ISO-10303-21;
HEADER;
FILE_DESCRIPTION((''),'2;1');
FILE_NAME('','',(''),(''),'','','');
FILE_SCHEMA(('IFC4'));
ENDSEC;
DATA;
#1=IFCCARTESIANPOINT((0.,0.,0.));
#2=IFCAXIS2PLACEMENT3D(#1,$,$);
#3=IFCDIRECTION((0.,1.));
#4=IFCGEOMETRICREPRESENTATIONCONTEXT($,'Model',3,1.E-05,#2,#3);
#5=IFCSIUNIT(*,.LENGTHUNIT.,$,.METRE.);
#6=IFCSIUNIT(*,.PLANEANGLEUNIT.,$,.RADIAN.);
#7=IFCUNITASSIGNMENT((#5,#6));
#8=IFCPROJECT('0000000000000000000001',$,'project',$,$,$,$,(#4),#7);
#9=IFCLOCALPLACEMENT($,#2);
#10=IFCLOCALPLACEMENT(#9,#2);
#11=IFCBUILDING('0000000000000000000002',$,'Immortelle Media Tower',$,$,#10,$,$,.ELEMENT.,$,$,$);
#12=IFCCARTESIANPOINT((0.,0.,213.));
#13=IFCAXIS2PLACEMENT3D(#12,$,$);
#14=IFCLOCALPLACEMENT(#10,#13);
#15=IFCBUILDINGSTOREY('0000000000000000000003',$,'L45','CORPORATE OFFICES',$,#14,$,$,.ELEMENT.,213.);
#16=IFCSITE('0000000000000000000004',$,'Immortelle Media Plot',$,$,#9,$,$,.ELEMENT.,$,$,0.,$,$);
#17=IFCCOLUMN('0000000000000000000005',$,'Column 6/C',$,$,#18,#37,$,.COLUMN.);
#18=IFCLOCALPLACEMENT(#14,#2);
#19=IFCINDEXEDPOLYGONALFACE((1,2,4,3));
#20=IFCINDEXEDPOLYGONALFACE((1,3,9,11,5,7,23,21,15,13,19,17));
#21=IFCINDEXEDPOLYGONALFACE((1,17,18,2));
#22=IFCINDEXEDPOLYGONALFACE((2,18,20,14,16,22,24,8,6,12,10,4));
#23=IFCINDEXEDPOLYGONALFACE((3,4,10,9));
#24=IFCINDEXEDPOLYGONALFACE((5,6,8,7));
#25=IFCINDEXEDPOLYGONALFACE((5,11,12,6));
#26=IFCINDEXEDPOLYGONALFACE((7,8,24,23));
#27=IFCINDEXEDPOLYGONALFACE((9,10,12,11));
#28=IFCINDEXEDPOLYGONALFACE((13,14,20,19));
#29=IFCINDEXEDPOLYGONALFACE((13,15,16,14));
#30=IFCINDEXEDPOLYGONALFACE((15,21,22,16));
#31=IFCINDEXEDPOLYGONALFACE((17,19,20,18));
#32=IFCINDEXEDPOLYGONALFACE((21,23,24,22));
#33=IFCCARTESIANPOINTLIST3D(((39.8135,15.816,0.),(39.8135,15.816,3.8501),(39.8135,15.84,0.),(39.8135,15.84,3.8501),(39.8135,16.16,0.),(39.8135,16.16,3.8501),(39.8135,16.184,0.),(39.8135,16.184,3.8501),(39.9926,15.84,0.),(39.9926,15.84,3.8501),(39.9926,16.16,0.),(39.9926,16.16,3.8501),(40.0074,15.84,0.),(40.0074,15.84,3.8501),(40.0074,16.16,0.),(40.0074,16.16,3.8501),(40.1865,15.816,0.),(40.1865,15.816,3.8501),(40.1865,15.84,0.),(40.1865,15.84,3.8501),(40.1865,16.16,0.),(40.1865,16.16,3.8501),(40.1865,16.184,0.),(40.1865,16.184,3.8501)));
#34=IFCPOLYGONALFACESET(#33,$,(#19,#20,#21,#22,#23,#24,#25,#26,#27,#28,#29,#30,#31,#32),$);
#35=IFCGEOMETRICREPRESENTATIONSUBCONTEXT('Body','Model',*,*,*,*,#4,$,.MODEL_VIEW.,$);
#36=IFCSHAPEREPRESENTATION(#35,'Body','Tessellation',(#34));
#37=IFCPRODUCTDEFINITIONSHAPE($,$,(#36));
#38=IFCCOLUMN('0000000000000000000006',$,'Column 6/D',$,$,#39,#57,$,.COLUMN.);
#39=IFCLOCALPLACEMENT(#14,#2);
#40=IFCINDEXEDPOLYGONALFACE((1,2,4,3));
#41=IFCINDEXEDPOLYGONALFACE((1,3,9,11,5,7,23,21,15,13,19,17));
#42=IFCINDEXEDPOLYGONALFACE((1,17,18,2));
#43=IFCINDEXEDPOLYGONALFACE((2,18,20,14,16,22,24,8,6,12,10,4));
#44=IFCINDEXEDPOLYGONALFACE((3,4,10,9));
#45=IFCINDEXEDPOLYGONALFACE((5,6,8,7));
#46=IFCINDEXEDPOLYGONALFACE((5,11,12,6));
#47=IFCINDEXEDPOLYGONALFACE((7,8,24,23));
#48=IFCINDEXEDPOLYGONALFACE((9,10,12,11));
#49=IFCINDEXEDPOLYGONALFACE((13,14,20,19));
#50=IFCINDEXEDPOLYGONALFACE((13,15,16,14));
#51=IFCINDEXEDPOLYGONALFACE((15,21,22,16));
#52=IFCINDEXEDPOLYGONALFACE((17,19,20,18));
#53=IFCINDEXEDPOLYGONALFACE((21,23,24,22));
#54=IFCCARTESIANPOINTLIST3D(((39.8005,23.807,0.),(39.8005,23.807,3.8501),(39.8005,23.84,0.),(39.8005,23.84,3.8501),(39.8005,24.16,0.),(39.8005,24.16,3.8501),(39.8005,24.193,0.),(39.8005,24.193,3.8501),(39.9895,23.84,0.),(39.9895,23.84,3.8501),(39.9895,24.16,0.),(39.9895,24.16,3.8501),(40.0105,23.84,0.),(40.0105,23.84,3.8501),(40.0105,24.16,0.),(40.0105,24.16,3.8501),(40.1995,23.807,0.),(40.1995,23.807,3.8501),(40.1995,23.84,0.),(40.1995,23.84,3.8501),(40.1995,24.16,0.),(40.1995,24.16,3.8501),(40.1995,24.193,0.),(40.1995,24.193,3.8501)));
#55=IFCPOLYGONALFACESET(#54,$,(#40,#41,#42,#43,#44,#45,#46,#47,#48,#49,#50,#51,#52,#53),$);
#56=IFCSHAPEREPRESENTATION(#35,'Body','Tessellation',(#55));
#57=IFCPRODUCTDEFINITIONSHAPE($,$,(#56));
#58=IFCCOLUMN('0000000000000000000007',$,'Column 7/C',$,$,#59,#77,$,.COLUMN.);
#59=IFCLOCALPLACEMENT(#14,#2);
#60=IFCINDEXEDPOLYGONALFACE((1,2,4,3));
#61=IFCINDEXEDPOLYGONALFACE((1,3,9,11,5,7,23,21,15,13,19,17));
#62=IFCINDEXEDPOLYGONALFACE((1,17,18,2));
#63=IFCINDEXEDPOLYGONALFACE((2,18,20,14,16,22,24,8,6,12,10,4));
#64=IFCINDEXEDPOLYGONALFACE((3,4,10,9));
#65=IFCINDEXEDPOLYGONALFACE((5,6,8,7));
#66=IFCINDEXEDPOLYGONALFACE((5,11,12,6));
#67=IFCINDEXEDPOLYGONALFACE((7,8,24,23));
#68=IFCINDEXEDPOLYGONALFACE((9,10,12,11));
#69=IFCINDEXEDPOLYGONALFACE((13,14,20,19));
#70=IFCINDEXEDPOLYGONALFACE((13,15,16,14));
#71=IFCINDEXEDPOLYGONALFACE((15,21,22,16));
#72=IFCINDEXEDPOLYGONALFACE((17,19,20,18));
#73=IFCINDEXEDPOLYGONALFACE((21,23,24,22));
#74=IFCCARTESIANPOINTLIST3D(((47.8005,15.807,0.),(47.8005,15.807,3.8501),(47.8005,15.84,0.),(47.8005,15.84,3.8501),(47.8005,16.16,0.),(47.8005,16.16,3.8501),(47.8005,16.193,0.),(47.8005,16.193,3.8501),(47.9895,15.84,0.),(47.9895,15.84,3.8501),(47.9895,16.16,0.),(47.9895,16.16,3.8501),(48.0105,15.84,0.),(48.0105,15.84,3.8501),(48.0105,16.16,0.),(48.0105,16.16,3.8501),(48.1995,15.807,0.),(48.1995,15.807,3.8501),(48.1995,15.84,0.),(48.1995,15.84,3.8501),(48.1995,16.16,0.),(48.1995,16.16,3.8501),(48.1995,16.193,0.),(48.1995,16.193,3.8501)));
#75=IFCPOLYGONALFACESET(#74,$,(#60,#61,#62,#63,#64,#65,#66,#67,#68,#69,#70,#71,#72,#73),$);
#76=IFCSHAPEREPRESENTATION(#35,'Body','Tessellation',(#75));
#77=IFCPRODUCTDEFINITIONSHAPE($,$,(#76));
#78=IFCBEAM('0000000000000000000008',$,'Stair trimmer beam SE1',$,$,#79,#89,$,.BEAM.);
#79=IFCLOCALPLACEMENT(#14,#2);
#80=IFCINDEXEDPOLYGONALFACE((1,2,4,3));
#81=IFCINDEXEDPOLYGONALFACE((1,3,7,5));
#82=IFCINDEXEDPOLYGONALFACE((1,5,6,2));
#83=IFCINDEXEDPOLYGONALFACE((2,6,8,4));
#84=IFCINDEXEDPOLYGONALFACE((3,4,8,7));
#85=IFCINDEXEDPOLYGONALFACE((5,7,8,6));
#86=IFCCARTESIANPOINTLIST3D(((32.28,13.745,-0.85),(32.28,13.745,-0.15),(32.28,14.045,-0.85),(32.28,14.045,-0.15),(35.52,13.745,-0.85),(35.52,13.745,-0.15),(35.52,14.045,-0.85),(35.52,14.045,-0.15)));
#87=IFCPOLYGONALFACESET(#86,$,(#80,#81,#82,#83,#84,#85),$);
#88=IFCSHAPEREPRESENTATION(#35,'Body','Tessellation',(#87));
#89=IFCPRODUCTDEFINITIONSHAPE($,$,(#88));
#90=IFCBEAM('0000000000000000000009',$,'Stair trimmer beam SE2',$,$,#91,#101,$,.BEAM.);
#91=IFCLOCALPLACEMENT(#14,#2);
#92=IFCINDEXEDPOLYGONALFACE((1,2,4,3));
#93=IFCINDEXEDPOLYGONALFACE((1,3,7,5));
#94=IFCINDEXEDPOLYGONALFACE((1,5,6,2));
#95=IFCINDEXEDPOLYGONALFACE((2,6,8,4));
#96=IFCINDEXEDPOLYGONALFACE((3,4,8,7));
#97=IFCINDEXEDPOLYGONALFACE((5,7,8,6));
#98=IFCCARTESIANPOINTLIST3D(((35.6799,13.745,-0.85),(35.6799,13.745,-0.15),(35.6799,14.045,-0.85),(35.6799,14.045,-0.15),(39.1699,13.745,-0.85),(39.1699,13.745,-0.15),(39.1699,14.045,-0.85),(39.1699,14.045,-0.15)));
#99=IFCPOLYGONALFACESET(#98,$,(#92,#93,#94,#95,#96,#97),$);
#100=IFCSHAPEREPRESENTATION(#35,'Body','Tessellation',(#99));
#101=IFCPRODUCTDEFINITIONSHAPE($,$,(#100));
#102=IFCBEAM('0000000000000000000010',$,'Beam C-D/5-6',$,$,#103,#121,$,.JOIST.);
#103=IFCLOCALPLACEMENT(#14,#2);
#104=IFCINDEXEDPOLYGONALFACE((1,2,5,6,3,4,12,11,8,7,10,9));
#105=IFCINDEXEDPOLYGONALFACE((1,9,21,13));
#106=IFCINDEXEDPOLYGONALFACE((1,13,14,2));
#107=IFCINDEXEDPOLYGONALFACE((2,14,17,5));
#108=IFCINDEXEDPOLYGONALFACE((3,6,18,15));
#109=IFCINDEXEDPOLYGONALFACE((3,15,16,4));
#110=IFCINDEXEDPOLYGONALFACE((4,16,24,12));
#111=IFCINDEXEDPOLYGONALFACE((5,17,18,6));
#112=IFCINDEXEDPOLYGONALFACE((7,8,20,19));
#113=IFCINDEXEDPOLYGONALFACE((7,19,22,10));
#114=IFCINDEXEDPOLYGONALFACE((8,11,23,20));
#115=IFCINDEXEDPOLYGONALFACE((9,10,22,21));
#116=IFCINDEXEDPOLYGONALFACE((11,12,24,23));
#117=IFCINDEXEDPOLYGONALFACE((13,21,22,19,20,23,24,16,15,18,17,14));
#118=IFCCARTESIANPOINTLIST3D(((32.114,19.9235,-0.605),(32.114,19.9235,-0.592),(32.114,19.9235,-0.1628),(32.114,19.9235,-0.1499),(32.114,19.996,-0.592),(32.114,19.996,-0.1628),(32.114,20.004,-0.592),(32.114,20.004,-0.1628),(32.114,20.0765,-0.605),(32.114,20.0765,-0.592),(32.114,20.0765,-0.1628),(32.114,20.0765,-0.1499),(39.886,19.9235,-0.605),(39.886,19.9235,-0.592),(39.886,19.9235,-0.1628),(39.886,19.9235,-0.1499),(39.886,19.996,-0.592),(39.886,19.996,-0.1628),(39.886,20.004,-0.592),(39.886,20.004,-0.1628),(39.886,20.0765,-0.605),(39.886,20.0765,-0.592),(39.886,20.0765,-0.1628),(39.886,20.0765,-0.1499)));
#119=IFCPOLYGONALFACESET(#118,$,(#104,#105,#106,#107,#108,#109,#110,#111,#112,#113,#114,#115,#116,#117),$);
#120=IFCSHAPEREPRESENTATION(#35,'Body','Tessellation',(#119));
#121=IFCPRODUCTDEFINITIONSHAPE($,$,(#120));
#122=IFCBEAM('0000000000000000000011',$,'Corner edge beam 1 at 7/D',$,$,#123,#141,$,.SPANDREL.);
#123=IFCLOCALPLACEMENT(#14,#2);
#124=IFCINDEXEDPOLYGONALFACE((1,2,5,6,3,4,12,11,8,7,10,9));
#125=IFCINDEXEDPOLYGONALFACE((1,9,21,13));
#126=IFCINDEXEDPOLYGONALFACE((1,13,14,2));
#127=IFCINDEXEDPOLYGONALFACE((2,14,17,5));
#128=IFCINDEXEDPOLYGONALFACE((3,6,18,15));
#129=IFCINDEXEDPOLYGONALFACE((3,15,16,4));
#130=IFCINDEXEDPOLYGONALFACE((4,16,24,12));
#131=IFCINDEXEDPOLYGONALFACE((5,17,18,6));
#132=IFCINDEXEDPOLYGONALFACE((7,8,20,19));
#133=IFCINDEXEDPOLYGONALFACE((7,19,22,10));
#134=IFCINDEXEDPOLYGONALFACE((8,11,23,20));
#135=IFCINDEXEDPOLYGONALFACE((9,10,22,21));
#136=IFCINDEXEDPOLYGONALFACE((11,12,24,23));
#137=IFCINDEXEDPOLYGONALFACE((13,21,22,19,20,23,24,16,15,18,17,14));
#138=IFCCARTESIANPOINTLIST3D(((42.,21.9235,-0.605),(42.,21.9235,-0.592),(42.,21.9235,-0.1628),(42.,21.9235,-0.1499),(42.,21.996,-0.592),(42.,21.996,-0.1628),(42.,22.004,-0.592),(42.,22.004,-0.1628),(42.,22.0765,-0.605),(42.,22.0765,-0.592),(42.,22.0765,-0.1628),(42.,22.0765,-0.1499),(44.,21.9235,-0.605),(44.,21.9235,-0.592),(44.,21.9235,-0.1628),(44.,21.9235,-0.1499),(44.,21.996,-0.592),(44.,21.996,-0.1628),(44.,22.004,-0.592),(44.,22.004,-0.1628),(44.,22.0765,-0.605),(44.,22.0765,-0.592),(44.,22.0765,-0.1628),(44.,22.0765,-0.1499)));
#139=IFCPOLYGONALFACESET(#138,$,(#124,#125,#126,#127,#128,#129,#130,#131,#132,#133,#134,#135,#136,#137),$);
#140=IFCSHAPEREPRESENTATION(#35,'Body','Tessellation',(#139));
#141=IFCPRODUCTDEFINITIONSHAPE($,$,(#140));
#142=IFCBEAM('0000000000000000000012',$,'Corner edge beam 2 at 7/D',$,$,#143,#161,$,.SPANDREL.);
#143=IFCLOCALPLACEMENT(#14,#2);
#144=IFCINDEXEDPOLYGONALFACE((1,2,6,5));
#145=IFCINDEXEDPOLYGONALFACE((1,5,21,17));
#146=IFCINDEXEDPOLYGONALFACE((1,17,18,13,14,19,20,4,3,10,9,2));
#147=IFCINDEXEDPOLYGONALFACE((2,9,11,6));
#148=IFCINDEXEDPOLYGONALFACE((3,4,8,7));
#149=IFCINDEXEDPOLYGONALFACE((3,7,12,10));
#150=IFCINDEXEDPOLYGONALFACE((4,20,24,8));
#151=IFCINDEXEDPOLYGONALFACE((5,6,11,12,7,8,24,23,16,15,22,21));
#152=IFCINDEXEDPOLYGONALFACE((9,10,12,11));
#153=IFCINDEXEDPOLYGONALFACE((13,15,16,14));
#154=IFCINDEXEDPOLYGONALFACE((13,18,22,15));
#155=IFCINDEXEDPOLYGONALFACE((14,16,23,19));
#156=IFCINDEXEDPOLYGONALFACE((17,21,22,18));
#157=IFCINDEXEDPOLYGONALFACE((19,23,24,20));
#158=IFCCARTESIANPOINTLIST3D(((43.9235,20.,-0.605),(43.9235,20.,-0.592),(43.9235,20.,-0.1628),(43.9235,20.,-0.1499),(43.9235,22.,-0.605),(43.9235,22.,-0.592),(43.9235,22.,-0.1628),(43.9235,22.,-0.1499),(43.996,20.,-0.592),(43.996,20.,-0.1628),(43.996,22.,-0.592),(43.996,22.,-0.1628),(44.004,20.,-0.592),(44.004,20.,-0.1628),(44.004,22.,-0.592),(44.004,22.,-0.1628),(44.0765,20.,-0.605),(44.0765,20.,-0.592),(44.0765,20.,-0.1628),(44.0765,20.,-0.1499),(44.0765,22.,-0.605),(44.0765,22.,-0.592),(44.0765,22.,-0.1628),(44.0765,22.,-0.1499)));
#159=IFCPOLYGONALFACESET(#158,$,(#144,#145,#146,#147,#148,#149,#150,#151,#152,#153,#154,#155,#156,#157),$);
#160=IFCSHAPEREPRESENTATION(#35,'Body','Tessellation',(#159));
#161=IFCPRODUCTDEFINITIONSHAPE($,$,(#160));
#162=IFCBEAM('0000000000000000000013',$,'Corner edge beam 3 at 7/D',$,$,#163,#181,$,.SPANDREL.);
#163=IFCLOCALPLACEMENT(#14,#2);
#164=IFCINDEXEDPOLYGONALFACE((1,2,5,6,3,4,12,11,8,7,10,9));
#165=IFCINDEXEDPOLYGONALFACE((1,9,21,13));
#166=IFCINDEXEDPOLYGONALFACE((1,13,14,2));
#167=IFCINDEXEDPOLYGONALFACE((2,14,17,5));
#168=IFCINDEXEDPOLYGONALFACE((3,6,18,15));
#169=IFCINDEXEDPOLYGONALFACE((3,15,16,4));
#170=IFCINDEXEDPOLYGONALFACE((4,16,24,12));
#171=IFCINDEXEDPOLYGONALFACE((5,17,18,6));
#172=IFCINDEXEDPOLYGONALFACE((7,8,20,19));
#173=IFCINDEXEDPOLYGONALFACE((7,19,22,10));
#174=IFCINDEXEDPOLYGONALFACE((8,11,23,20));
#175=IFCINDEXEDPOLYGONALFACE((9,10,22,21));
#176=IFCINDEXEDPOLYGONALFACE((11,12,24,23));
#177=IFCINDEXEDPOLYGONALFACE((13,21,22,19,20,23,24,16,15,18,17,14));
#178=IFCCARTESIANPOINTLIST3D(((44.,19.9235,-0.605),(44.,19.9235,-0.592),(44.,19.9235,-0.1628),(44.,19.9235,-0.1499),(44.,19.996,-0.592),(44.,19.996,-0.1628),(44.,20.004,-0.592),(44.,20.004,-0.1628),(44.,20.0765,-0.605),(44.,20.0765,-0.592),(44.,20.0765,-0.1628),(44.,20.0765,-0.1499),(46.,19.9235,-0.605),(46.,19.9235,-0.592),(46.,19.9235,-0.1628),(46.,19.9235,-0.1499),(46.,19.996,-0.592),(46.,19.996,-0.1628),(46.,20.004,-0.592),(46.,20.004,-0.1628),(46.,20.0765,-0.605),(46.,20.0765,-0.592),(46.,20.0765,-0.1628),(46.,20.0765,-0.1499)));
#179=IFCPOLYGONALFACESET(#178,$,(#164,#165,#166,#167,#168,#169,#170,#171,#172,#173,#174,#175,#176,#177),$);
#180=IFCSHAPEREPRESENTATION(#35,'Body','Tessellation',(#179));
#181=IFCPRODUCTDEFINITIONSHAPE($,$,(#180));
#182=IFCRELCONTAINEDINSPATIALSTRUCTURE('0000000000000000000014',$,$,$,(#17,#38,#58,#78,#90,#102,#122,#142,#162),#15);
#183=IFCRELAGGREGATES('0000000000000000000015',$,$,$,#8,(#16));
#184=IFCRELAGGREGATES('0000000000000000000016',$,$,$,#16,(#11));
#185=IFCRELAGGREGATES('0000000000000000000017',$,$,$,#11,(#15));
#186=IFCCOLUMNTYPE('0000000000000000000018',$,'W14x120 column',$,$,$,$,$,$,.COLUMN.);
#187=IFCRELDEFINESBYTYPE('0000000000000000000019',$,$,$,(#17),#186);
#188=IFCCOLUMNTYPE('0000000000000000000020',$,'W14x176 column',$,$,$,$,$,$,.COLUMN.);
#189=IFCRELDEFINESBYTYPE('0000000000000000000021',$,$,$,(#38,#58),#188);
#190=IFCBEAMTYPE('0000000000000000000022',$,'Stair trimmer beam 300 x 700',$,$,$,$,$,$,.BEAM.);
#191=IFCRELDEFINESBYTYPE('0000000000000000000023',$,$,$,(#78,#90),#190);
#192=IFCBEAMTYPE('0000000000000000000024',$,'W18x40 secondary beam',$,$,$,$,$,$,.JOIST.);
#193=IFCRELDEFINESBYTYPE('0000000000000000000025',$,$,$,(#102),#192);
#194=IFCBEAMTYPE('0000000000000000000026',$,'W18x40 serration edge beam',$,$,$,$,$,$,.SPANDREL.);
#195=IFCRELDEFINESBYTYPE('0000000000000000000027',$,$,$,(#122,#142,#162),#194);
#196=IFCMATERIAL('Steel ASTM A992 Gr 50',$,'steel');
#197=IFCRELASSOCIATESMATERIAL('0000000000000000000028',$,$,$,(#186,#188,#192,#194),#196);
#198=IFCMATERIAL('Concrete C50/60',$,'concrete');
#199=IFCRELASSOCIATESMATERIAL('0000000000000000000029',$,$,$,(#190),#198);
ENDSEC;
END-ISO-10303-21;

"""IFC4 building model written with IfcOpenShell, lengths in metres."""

from ifc_helpers import new_model, si_unit, direction, frame, origin, origin_2d, place, context, subcontext, project, spatial, rectangle, i_section, extrude, material, material_profile, profile_set, type_object, element, save


model = new_model("IFC4")

# Units and contexts
model_context = context("Model", 3, precision=1e-05, world=origin(), true_north=direction((0.0, 1.0)))
body_context = subcontext(model_context, "Body", "Model", "MODEL_VIEW")
ifc_project = project(units=[si_unit("LENGTHUNIT", "METRE"), si_unit("PLANEANGLEUNIT", "RADIAN")], contexts=[model_context])

# Site, building, storey
site_placement = place(None, origin())
site = spatial("IfcSite", under=ifc_project, at=site_placement, Name="Immortelle Media Plot", CompositionType="ELEMENT", RefElevation=0.0)
building_placement = place(site_placement, origin())
building = spatial("IfcBuilding", under=site, at=building_placement, Name="Immortelle Media Tower", CompositionType="ELEMENT")
storey_placement = place(building_placement, frame((0.0, 0.0, 213.0)))
storey = spatial("IfcBuildingStorey", under=building, at=storey_placement, Name="L45", Description="CORPORATE OFFICES", CompositionType="ELEMENT", Elevation=213.0)

# Columns
ifc_material_1 = material(Name="Steel ASTM A992 Gr 50", Category="steel")
ifc_material_profile_1 = material_profile(ifc_material_1, i_section(OverallWidth=0.373, OverallDepth=0.3679, WebThickness=0.0149, FlangeThickness=0.0239, at=origin_2d()), Name="W14x120")
ifc_profile_set_1 = profile_set([ifc_material_profile_1], Name="Steel ASTM A992 Gr 50")
column_type_1 = type_object("IfcColumnType", Name="W14x120 column", PredefinedType="COLUMN", material=ifc_profile_set_1)
column_placement = place(storey_placement, frame((40.0, 16.0, 0.0), z_axis=(0.0, 0.0, 1.0), x_axis=(1.0, 0.0, 0.0)))
element("IfcColumn", 1, at=column_placement, inside=storey, type_object=column_type_1, Name="Column 6/C", PredefinedType="COLUMN", context=body_context, shape_type="SweptSolid", body=[
    extrude(i_section(OverallWidth=0.373, OverallDepth=0.3679, WebThickness=0.0149, FlangeThickness=0.0239, at=origin_2d()), origin(), (0.0, 0.0, 1.0), 3.8501),
])
ifc_material_profile_2 = material_profile(ifc_material_1, i_section(OverallWidth=0.3989, OverallDepth=0.386, WebThickness=0.021, FlangeThickness=0.033, at=origin_2d()), Name="W14x176")
ifc_profile_set_2 = profile_set([ifc_material_profile_2], Name="Steel ASTM A992 Gr 50")
column_type_2 = type_object("IfcColumnType", Name="W14x176 column", PredefinedType="COLUMN", material=ifc_profile_set_2)
for number, where, z_axis, x_axis, name in (
    (2, (40.0, 24.0, 0.0), (0.0, 0.0, 1.0), (1.0, 0.0, 0.0), "Column 6/D"),
    (3, (48.0, 16.0, 0.0), (0.0, 0.0, 1.0), (1.0, 0.0, 0.0), "Column 7/C"),
):
    element("IfcColumn", number, at=place(storey_placement, frame(where, z_axis=z_axis, x_axis=x_axis)), inside=storey, type_object=column_type_2, Name=name, PredefinedType="COLUMN", context=body_context, shape_type="SweptSolid", body=[
        extrude(i_section(OverallWidth=0.3989, OverallDepth=0.386, WebThickness=0.021, FlangeThickness=0.033, at=origin_2d()), origin(), (0.0, 0.0, 1.0), 3.8501),
    ])

# Beams
ifc_material_2 = material(Name="Concrete C50/60", Category="concrete")
ifc_material_profile_3 = material_profile(ifc_material_2, rectangle(XDim=0.3, YDim=0.7, at=origin_2d()), Name="RC 300x700")
ifc_profile_set_3 = profile_set([ifc_material_profile_3], Name="Concrete C50/60")
beam_type_1 = type_object("IfcBeamType", Name="Stair trimmer beam 300 x 700", PredefinedType="BEAM", material=ifc_profile_set_3)
beam_1_placement = place(storey_placement, frame((32.28, 13.895, -0.5), z_axis=(1.0, 0.0, 0.0), x_axis=(0.0, 1.0, 0.0)))
element("IfcBeam", 4, at=beam_1_placement, inside=storey, type_object=beam_type_1, Name="Stair trimmer beam SE1", PredefinedType="BEAM", context=body_context, shape_type="SweptSolid", body=[
    extrude(rectangle(XDim=0.3, YDim=0.7, at=origin_2d()), origin(), (0.0, 0.0, 1.0), 3.24),
])
beam_2_placement = place(storey_placement, frame((35.6799, 13.895, -0.5), z_axis=(1.0, 0.0, 0.0), x_axis=(0.0, 1.0, 0.0)))
element("IfcBeam", 5, at=beam_2_placement, inside=storey, type_object=beam_type_1, Name="Stair trimmer beam SE2", PredefinedType="BEAM", context=body_context, shape_type="SweptSolid", body=[
    extrude(rectangle(XDim=0.3, YDim=0.7, at=origin_2d()), origin(), (0.0, 0.0, 1.0), 3.49),
])
ifc_material_profile_4 = material_profile(ifc_material_1, i_section(OverallWidth=0.1531, OverallDepth=0.4551, WebThickness=0.0081, FlangeThickness=0.0129, at=origin_2d()), Name="W18x40")
ifc_profile_set_4 = profile_set([ifc_material_profile_4], Name="Steel ASTM A992 Gr 50")
beam_type_2 = type_object("IfcBeamType", Name="W18x40 secondary beam", PredefinedType="JOIST", material=ifc_profile_set_4)
beam_3_placement = place(storey_placement, frame((32.114, 20.0, -0.3774), z_axis=(1.0, 0.0, 0.0), x_axis=(0.0, 1.0, 0.0)))
element("IfcBeam", 6, at=beam_3_placement, inside=storey, type_object=beam_type_2, Name="Beam C-D/5-6", PredefinedType="JOIST", context=body_context, shape_type="SweptSolid", body=[
    extrude(i_section(OverallWidth=0.1531, OverallDepth=0.4551, WebThickness=0.0081, FlangeThickness=0.0129, at=origin_2d()), origin(), (0.0, 0.0, 1.0), 7.772),
])
ifc_material_profile_5 = material_profile(ifc_material_1, i_section(OverallWidth=0.1531, OverallDepth=0.4551, WebThickness=0.0081, FlangeThickness=0.0129, at=origin_2d()), Name="W18x40")
ifc_profile_set_5 = profile_set([ifc_material_profile_5], Name="Steel ASTM A992 Gr 50")
beam_type_3 = type_object("IfcBeamType", Name="W18x40 serration edge beam", PredefinedType="SPANDREL", material=ifc_profile_set_5)
for number, where, z_axis, x_axis, name in (
    (7, (42.0, 22.0, -0.3774), (1.0, 0.0, 0.0), (0.0, 1.0, 0.0), "Corner edge beam 1 at 7/D"),
    (8, (44.0, 22.0, -0.3774), (0.0, -1.0, 0.0), (1.0, 0.0, 0.0), "Corner edge beam 2 at 7/D"),
    (9, (44.0, 20.0, -0.3774), (1.0, 0.0, 0.0), (0.0, 1.0, 0.0), "Corner edge beam 3 at 7/D"),
):
    element("IfcBeam", number, at=place(storey_placement, frame(where, z_axis=z_axis, x_axis=x_axis)), inside=storey, type_object=beam_type_3, Name=name, PredefinedType="SPANDREL", context=body_context, shape_type="SweptSolid", body=[
        extrude(i_section(OverallWidth=0.1531, OverallDepth=0.4551, WebThickness=0.0081, FlangeThickness=0.0129, at=origin_2d()), origin(), (0.0, 0.0, 1.0), 2.0),
    ])

save(model, "model.ifc")
